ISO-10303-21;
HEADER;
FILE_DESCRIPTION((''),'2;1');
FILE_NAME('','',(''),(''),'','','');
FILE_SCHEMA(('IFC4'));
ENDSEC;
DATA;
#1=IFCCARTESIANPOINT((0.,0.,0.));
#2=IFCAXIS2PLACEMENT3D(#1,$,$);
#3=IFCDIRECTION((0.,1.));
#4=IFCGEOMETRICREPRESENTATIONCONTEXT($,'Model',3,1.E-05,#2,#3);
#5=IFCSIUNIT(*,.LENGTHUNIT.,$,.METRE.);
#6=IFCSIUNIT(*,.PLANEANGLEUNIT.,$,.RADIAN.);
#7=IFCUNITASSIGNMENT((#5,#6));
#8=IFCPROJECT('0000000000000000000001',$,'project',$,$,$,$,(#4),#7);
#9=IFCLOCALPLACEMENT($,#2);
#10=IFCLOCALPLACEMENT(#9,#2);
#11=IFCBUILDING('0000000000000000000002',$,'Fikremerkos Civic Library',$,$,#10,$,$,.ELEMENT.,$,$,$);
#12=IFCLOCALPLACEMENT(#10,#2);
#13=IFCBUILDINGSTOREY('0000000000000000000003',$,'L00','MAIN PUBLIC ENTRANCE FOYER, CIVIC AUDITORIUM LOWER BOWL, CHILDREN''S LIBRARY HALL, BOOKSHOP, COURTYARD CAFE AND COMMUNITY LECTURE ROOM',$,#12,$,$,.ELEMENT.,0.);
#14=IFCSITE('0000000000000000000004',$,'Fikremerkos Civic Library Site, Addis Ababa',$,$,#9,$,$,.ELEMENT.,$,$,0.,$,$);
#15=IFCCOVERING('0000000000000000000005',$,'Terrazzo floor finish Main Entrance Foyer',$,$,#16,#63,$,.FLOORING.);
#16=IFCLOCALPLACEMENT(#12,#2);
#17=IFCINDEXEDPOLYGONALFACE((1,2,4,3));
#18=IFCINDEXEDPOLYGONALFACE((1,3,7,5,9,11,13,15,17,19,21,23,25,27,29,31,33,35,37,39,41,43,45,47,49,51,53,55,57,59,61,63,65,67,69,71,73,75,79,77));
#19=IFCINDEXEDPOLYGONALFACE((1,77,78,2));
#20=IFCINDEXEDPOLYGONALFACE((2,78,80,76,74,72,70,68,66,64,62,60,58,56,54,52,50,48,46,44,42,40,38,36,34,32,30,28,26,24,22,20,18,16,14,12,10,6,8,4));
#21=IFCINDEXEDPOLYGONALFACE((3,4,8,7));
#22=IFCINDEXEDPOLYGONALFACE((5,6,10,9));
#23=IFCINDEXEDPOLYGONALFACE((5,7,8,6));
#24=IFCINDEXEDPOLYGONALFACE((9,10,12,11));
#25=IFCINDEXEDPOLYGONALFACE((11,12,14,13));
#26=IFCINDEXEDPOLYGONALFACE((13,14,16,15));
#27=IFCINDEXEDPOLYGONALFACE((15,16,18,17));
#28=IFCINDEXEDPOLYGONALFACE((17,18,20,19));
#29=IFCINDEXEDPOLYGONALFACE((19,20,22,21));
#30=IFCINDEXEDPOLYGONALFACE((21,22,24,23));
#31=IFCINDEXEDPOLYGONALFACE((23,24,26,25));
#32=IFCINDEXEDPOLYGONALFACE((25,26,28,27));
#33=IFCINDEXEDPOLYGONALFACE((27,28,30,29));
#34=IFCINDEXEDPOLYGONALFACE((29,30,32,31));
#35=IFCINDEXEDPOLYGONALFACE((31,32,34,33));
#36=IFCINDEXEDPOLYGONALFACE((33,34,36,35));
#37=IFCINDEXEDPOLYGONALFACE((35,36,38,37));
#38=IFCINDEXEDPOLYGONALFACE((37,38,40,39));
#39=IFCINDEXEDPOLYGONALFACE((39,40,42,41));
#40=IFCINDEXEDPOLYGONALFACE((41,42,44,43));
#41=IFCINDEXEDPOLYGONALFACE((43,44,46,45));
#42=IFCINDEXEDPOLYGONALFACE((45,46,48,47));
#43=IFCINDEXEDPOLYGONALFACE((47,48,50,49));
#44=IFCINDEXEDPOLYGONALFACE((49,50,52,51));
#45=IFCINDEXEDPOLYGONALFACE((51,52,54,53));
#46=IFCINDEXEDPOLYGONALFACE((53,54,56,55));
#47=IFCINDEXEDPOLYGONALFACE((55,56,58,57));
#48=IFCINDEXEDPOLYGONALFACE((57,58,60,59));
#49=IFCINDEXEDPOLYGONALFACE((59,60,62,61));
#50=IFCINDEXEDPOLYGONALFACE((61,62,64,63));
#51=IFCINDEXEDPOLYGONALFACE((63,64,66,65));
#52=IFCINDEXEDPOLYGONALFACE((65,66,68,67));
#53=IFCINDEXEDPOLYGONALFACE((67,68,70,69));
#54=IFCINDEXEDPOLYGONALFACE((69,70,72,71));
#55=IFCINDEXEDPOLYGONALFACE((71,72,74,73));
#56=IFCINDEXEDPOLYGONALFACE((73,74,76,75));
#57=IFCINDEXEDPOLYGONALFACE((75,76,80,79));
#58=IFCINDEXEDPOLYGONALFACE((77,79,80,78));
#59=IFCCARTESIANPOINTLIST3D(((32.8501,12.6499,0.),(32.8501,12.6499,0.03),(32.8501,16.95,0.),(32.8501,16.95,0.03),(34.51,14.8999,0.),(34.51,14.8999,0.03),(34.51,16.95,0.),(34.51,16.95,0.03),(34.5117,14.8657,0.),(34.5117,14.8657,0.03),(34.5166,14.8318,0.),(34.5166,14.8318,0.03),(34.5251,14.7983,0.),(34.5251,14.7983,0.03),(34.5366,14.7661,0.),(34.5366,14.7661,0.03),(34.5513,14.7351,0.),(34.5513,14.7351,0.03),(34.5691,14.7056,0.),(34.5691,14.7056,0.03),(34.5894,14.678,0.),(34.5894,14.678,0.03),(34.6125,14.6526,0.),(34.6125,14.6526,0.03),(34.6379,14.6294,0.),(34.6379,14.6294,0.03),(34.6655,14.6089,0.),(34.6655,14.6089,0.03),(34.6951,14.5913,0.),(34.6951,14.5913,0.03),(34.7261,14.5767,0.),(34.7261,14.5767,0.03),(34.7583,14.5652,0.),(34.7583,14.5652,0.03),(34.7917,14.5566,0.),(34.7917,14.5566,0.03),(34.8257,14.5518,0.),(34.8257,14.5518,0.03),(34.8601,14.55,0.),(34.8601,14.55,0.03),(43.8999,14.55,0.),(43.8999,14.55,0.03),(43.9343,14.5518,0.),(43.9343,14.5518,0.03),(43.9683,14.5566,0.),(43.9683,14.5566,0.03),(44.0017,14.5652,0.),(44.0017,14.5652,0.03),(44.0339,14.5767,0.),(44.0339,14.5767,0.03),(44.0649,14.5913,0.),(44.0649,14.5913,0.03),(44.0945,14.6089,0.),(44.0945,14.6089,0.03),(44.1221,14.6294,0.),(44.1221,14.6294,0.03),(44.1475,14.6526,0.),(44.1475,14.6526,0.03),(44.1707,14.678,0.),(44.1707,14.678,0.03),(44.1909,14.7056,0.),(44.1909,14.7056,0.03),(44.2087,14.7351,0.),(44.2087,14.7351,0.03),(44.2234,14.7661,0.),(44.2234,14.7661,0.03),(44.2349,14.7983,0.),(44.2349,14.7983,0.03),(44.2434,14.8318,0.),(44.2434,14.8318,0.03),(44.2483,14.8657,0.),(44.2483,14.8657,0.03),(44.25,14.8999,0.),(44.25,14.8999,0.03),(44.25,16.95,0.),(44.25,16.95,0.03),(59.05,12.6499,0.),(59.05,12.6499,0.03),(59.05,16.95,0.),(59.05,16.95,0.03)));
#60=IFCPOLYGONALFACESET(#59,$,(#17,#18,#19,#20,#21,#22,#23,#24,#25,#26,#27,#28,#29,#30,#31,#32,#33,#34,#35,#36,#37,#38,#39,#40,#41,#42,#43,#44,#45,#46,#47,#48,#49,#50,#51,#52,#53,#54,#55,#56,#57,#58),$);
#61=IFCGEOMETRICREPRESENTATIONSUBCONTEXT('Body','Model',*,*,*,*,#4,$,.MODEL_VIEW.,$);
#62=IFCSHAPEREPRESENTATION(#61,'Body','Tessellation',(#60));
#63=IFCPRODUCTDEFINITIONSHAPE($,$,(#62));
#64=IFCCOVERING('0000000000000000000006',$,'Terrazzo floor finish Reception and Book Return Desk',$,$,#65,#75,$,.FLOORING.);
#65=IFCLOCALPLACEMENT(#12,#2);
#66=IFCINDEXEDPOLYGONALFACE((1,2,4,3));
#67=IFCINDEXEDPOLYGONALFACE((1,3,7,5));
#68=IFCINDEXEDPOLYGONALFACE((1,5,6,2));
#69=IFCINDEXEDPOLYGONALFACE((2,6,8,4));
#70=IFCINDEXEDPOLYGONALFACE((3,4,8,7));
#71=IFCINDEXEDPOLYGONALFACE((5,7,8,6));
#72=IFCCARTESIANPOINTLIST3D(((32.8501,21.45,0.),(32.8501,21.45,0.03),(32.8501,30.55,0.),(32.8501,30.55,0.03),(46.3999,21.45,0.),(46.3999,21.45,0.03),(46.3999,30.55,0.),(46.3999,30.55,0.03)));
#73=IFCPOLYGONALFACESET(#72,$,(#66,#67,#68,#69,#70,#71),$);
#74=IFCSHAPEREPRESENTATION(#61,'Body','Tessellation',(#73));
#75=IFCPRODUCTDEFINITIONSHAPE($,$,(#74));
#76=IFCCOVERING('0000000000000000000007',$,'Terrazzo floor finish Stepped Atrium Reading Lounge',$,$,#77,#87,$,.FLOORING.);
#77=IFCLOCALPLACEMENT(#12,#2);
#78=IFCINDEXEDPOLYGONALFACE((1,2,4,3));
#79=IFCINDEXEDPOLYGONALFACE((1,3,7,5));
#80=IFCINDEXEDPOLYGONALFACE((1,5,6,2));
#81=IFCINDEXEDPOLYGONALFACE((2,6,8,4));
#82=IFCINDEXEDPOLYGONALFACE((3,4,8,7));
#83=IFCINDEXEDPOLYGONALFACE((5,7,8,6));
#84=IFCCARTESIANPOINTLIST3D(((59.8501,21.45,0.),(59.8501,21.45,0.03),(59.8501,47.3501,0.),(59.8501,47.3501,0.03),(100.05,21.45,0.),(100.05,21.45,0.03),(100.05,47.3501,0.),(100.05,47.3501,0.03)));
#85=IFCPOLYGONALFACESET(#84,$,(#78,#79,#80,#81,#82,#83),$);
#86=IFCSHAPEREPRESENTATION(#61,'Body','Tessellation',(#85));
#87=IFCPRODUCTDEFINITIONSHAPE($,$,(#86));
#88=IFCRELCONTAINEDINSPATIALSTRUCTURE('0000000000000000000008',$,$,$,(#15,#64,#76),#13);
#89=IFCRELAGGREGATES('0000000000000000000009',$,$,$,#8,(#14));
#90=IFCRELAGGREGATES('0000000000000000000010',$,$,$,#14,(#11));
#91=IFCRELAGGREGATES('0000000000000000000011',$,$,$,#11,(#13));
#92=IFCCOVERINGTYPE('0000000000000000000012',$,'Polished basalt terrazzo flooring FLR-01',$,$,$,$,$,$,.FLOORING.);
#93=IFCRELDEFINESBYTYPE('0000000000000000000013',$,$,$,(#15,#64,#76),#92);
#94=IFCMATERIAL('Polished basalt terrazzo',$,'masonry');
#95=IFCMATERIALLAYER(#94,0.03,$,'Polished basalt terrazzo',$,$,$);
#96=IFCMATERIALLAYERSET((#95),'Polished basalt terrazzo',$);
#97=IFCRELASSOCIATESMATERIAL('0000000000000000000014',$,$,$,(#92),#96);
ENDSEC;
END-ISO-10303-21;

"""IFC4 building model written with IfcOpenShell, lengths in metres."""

from ifc_helpers import new_model, si_unit, direction, origin, place, context, subcontext, project, spatial, polyline, outline, extrude, material, layer, layer_set, type_object, element, save


model = new_model("IFC4")

# Units and contexts
model_context = context("Model", 3, precision=1e-05, world=origin(), true_north=direction((0.0, 1.0)))
body_context = subcontext(model_context, "Body", "Model", "MODEL_VIEW")
ifc_project = project(units=[si_unit("LENGTHUNIT", "METRE"), si_unit("PLANEANGLEUNIT", "RADIAN")], contexts=[model_context])

# Site, building, storey
site_placement = place(None, origin())
site = spatial("IfcSite", under=ifc_project, at=site_placement, Name="Fikremerkos Civic Library Site, Addis Ababa", CompositionType="ELEMENT", RefElevation=0.0)
building_placement = place(site_placement, origin())
building = spatial("IfcBuilding", under=site, at=building_placement, Name="Fikremerkos Civic Library", CompositionType="ELEMENT")
storey_placement = place(building_placement, origin())
storey = spatial("IfcBuildingStorey", under=building, at=storey_placement, Name="L00", Description="MAIN PUBLIC ENTRANCE FOYER, CIVIC AUDITORIUM LOWER BOWL, CHILDREN'S LIBRARY HALL, BOOKSHOP, COURTYARD CAFE AND COMMUNITY LECTURE ROOM", CompositionType="ELEMENT", Elevation=0.0)

# Coverings
ifc_material_1 = material(Name="Polished basalt terrazzo", Category="masonry")
ifc_layer_1 = layer(ifc_material_1, 0.03, Name="Polished basalt terrazzo")
ifc_layer_set_1 = layer_set([ifc_layer_1], Name="Polished basalt terrazzo")
covering_type_1 = type_object("IfcCoveringType", Name="Polished basalt terrazzo flooring FLR-01", PredefinedType="FLOORING", material=ifc_layer_set_1)
covering_1_placement = place(storey_placement, origin())
element("IfcCovering", 1, at=covering_1_placement, inside=storey, type_object=covering_type_1, Name="Terrazzo floor finish Main Entrance Foyer", PredefinedType="FLOORING", context=body_context, shape_type="SweptSolid", body=[
    extrude(outline(polyline([(32.8501, 16.95), (34.51, 16.95), (34.51, 14.8999), (34.5117, 14.8657), (34.5166, 14.8318), (34.5251, 14.7983), (34.5366, 14.7661), (34.5513, 14.7351), (34.5691, 14.7056), (34.5894, 14.678), (34.6125, 14.6526), (34.6379, 14.6294), (34.6655, 14.6089), (34.6951, 14.5913), (34.7261, 14.5767), (34.7583, 14.5652), (34.7917, 14.5566), (34.8257, 14.5518), (34.8601, 14.55), (43.8999, 14.55), (43.9343, 14.5518), (43.9683, 14.5566), (44.0017, 14.5652), (44.0339, 14.5767), (44.0649, 14.5913), (44.0945, 14.6089), (44.1221, 14.6294), (44.1475, 14.6526), (44.1707, 14.678), (44.1909, 14.7056), (44.2087, 14.7351), (44.2234, 14.7661), (44.2349, 14.7983), (44.2434, 14.8318), (44.2483, 14.8657), (44.25, 14.8999), (44.25, 16.95), (59.05, 16.95), (59.05, 12.6499), (32.8501, 12.6499), (32.8501, 16.95)])), origin(), (0.0, 0.0, 1.0), 0.03),
])
covering_2_placement = place(storey_placement, origin())
element("IfcCovering", 2, at=covering_2_placement, inside=storey, type_object=covering_type_1, Name="Terrazzo floor finish Reception and Book Return Desk", PredefinedType="FLOORING", context=body_context, shape_type="SweptSolid", body=[
    extrude(outline(polyline([(32.8501, 30.55), (46.3999, 30.55), (46.3999, 21.45), (32.8501, 21.45), (32.8501, 30.55)])), origin(), (0.0, 0.0, 1.0), 0.03),
])
covering_3_placement = place(storey_placement, origin())
element("IfcCovering", 3, at=covering_3_placement, inside=storey, type_object=covering_type_1, Name="Terrazzo floor finish Stepped Atrium Reading Lounge", PredefinedType="FLOORING", context=body_context, shape_type="SweptSolid", body=[
    extrude(outline(polyline([(59.8501, 47.3501), (100.05, 47.3501), (100.05, 21.45), (59.8501, 21.45), (59.8501, 47.3501)])), origin(), (0.0, 0.0, 1.0), 0.03),
])

save(model, "model.ifc")
